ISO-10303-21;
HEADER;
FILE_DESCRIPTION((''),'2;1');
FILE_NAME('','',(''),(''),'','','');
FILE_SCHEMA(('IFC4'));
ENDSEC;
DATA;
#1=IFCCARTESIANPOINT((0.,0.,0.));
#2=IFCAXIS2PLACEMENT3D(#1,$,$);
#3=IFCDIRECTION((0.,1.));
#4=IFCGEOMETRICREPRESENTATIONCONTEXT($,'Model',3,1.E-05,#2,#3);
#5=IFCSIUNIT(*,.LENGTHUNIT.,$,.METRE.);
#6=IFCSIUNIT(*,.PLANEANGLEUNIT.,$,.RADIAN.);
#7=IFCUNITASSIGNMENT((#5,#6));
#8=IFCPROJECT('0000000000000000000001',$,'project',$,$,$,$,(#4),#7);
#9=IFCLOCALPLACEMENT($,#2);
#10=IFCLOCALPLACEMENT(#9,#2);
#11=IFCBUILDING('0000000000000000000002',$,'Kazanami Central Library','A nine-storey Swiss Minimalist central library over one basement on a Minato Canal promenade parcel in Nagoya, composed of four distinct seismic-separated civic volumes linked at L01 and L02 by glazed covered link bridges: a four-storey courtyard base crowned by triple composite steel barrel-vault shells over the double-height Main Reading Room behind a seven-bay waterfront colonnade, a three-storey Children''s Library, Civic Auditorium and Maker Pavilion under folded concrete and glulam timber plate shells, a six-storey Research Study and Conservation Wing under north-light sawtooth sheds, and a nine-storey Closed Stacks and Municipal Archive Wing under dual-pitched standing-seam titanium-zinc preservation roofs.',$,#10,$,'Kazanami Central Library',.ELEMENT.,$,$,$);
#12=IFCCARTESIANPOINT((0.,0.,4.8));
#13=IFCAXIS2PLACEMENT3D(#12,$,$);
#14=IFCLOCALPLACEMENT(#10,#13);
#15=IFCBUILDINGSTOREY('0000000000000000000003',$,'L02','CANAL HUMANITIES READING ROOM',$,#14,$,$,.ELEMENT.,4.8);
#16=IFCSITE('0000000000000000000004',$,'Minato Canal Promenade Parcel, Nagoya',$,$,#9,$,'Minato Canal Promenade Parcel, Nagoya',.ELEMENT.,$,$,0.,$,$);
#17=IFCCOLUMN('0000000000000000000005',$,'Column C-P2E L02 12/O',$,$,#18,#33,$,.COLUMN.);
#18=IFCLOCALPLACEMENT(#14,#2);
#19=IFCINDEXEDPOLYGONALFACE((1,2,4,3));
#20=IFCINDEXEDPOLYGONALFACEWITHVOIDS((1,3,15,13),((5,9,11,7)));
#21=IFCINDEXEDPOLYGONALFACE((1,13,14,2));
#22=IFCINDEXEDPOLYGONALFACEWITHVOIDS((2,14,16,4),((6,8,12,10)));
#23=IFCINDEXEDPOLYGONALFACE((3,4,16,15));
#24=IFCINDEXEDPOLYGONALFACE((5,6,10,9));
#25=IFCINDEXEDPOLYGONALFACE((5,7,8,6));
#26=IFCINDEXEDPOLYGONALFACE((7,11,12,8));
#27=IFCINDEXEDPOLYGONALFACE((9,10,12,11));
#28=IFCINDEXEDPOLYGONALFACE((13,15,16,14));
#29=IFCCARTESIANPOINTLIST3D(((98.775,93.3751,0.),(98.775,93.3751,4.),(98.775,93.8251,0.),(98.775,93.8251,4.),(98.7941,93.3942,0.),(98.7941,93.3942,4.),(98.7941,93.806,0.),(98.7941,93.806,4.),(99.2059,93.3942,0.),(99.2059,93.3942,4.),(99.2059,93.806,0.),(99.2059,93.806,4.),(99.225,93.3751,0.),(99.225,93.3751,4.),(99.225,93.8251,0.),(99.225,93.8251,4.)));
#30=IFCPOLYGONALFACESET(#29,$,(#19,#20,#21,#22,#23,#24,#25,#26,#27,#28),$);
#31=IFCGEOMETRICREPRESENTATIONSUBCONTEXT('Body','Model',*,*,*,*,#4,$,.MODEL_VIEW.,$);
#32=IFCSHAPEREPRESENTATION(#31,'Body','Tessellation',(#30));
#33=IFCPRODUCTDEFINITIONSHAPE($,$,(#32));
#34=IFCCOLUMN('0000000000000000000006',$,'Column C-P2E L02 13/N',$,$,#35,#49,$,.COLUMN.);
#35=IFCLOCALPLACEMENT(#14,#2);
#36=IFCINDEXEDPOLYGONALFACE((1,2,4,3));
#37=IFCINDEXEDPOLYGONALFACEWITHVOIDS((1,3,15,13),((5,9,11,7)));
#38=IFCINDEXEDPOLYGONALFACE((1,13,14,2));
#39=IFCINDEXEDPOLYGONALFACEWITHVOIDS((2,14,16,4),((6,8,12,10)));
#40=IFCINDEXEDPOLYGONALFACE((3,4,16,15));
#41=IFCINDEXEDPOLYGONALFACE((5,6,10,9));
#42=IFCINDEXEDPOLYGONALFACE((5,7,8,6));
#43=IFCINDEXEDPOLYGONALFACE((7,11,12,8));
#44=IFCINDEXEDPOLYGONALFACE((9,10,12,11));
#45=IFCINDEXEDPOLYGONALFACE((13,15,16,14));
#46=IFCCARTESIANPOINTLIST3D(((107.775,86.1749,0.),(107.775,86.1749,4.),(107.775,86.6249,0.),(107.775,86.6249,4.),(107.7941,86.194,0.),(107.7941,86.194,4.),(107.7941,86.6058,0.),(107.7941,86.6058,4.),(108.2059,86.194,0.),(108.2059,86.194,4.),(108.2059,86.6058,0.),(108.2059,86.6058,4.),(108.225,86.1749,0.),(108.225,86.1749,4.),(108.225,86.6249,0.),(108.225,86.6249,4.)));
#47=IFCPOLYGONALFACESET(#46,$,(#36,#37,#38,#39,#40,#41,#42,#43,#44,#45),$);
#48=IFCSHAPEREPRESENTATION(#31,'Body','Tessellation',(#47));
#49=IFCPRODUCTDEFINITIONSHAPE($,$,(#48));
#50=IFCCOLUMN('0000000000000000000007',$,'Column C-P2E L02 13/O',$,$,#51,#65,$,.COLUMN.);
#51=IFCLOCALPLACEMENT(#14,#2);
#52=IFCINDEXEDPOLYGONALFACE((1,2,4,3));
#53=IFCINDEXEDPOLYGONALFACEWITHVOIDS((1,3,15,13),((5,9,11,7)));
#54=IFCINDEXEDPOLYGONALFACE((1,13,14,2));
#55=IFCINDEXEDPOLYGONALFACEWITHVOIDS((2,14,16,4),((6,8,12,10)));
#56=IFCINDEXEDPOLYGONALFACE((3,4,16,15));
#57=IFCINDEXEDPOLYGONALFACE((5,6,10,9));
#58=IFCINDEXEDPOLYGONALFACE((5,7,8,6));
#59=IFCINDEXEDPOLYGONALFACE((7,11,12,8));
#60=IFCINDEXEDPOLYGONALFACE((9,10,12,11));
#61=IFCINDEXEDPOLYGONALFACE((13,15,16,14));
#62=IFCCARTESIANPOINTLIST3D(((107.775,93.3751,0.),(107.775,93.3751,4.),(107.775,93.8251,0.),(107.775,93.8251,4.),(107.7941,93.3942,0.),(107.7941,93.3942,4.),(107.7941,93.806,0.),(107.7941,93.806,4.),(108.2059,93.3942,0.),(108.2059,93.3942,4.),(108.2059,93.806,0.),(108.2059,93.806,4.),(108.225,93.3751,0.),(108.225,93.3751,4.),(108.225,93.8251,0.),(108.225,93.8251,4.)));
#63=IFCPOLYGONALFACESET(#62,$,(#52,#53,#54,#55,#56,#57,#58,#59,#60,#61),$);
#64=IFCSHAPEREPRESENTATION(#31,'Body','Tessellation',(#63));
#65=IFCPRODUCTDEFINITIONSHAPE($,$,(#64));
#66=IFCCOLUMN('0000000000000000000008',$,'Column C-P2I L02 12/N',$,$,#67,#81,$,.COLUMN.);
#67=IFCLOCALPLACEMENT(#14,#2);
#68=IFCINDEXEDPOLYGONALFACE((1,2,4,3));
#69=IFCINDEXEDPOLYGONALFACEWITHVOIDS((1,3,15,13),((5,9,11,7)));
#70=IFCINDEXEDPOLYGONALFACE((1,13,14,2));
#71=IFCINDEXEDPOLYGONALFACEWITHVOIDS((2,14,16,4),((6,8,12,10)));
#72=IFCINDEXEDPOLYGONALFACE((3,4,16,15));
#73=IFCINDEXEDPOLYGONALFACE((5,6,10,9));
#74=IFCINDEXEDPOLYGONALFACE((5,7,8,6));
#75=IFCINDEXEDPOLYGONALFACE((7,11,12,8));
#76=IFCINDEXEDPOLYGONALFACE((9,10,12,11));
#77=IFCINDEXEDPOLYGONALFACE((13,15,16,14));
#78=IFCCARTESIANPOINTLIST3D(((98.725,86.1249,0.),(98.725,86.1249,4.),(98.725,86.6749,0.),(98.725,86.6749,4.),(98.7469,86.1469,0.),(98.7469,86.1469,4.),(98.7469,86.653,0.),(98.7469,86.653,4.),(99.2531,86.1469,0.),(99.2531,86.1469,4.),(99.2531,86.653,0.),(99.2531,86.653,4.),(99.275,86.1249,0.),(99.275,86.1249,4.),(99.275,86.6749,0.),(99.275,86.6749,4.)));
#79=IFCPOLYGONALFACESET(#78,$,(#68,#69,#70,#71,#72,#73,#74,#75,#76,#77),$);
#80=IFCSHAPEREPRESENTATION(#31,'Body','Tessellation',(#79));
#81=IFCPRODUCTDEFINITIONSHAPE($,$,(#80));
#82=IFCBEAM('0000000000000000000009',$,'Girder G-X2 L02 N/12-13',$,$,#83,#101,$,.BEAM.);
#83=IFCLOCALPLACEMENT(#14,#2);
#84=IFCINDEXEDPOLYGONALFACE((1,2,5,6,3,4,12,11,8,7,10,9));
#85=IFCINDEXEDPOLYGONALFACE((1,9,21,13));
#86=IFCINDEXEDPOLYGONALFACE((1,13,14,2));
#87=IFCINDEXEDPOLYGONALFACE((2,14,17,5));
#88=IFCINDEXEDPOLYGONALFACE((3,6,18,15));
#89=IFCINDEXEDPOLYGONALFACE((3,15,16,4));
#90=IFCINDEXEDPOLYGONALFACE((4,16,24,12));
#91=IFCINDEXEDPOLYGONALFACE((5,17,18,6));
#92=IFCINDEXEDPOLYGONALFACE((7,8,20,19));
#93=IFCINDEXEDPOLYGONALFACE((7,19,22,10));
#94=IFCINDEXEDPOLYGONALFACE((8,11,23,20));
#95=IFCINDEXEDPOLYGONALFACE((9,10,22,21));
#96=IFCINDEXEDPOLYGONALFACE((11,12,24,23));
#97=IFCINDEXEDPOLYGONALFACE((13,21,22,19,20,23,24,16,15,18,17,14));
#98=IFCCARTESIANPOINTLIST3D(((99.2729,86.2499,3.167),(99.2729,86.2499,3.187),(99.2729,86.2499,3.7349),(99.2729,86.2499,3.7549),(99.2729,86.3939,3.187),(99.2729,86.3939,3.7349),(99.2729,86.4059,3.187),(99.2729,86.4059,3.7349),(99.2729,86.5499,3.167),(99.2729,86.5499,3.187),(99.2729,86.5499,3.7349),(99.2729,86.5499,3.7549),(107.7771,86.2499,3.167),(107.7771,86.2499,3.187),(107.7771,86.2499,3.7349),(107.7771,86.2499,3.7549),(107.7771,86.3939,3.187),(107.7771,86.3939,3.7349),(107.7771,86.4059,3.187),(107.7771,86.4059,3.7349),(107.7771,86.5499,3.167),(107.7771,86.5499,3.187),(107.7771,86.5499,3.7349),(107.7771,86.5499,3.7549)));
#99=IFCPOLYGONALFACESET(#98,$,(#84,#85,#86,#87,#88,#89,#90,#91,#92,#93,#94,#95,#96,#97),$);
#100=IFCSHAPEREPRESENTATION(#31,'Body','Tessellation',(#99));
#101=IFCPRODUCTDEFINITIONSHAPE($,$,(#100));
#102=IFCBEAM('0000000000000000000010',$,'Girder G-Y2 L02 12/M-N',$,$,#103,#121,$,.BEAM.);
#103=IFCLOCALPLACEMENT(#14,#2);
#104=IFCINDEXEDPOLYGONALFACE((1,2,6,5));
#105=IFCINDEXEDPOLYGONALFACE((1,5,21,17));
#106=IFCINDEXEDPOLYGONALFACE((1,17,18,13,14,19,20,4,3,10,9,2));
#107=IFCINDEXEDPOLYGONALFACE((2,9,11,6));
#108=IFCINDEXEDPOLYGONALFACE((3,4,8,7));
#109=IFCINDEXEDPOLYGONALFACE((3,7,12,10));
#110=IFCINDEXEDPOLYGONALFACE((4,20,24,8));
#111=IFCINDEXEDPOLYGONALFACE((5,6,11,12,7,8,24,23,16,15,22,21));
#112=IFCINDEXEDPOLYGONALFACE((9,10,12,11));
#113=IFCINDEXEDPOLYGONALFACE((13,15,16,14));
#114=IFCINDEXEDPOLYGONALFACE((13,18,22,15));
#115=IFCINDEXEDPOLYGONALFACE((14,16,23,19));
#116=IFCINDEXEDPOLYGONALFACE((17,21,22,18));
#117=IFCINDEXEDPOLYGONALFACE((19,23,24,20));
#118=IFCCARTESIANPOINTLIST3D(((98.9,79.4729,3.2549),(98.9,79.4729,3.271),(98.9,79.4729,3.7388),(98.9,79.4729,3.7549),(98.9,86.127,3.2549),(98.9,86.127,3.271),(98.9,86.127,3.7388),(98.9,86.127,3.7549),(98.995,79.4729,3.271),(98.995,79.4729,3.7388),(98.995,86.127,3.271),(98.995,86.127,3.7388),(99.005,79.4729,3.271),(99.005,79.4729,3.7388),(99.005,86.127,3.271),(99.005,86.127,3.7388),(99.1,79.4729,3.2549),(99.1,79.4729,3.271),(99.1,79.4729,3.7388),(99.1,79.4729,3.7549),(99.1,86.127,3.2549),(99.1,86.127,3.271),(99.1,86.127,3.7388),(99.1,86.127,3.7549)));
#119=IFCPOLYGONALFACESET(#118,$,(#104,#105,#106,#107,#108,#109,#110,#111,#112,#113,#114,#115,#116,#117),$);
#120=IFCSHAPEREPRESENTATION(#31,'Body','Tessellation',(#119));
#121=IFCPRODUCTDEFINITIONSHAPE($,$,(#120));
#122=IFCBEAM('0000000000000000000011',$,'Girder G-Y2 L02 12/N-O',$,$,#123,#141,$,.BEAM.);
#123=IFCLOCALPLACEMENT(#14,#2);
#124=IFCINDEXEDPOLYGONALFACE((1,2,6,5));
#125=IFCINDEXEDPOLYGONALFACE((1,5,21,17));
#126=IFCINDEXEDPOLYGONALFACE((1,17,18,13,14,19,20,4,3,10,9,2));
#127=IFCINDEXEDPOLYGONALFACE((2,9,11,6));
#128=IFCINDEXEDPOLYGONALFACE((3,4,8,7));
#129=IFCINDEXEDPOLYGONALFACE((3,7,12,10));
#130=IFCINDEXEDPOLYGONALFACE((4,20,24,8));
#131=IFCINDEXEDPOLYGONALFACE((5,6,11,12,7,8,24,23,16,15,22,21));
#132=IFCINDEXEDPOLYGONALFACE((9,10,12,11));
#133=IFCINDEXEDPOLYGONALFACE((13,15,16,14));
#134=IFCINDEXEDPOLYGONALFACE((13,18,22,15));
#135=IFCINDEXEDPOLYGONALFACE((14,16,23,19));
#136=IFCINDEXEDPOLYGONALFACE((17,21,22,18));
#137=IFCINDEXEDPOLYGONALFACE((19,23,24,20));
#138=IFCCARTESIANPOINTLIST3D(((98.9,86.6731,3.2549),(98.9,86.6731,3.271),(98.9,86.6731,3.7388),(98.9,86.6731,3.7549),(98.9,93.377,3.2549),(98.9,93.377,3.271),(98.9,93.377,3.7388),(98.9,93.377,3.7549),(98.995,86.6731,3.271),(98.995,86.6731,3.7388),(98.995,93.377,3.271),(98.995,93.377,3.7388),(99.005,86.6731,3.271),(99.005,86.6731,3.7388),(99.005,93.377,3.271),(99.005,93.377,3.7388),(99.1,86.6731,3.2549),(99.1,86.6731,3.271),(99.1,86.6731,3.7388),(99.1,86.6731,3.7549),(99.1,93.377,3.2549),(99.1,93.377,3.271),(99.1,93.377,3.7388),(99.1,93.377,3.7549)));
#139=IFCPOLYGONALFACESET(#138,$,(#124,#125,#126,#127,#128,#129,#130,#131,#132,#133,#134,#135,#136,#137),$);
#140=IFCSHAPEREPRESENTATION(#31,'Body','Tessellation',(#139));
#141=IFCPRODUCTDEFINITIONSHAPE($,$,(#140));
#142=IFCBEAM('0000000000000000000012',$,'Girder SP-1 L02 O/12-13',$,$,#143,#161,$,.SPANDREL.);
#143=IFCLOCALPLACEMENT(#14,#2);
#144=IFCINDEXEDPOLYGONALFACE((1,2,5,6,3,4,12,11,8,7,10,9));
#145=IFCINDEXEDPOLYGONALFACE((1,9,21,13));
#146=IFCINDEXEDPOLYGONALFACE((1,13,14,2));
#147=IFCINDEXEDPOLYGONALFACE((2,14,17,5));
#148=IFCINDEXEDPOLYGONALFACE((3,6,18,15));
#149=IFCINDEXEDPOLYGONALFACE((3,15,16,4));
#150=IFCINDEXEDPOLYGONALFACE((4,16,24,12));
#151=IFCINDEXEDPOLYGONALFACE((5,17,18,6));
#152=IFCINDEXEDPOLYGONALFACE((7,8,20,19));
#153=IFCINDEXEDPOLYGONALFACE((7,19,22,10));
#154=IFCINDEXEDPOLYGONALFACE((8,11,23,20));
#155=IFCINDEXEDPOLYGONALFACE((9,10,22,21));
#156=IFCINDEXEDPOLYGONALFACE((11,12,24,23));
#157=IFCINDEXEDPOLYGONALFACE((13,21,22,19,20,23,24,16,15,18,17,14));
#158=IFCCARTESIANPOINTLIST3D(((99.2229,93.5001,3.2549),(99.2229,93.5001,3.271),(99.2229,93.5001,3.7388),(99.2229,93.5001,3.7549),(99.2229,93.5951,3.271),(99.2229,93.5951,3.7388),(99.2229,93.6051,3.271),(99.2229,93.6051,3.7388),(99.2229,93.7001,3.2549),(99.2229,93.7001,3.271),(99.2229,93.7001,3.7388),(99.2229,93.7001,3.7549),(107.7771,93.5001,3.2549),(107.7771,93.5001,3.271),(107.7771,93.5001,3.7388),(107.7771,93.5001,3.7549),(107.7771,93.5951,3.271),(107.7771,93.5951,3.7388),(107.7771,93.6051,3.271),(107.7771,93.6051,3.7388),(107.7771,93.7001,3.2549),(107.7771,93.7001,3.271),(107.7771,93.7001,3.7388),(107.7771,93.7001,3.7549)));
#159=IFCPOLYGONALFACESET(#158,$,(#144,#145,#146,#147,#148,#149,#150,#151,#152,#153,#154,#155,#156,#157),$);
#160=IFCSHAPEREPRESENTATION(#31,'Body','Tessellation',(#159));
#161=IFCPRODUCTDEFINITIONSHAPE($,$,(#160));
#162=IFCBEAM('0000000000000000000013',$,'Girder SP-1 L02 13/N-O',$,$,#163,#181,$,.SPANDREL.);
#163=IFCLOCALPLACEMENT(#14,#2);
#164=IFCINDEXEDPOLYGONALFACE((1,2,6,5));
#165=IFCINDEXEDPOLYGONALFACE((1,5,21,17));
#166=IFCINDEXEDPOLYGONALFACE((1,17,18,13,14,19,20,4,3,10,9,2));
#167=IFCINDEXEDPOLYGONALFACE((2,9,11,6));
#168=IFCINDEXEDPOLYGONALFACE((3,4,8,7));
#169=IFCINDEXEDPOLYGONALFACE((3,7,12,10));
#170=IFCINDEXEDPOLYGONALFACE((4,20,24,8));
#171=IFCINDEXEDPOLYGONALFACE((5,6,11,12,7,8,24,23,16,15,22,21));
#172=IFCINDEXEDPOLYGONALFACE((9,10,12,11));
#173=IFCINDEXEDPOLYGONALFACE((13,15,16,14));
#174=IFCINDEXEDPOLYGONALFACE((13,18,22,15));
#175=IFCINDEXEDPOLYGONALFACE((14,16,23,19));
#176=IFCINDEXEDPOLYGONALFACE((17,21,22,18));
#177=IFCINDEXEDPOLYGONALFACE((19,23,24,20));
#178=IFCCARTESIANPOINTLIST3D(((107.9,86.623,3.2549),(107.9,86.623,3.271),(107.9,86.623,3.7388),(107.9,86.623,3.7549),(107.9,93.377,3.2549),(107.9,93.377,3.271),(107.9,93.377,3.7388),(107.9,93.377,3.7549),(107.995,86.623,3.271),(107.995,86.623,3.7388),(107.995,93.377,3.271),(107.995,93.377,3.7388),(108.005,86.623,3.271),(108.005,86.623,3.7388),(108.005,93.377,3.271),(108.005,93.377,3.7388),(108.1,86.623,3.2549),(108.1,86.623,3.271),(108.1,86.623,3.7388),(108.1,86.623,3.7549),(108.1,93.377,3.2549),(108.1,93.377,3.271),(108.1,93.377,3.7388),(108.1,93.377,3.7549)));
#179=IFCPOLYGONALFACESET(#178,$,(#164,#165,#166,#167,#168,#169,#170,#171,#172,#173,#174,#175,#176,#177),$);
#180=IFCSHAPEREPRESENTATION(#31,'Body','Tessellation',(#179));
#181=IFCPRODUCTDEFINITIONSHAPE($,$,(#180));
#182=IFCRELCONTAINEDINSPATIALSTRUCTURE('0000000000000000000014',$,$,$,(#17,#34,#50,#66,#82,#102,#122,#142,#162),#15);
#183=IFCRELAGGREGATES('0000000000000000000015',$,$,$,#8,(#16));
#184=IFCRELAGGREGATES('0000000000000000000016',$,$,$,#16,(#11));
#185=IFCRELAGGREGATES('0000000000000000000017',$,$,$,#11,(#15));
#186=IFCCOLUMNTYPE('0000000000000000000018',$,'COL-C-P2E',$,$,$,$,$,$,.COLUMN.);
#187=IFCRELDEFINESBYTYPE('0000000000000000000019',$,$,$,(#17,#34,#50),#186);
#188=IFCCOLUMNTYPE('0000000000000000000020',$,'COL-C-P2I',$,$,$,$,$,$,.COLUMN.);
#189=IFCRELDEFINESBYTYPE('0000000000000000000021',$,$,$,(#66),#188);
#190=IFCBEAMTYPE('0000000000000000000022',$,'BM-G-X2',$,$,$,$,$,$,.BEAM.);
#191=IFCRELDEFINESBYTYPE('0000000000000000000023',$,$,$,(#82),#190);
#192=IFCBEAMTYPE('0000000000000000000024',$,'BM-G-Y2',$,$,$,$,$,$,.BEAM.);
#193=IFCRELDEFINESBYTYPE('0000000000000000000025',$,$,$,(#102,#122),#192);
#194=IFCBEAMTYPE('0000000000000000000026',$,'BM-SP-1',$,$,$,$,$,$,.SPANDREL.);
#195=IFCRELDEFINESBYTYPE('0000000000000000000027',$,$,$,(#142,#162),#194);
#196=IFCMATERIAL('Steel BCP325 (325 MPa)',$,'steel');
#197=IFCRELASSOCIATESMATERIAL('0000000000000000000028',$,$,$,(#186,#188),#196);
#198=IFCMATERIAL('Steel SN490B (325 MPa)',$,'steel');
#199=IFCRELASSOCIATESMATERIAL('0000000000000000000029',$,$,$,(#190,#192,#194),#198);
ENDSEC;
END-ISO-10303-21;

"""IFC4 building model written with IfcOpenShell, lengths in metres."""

from ifc_helpers import new_model, si_unit, direction, frame, origin, origin_2d, place, context, subcontext, project, spatial, hollow_rectangle, i_section, extrude, material, material_profile, profile_set, type_object, element, save


model = new_model("IFC4")

# Units and contexts
model_context = context("Model", 3, precision=1e-05, world=origin(), true_north=direction((0.0, 1.0)))
body_context = subcontext(model_context, "Body", "Model", "MODEL_VIEW")
ifc_project = project(units=[si_unit("LENGTHUNIT", "METRE"), si_unit("PLANEANGLEUNIT", "RADIAN")], contexts=[model_context])

# Site, building, storey
site_placement = place(None, origin())
site = spatial("IfcSite", under=ifc_project, at=site_placement, Name="Minato Canal Promenade Parcel, Nagoya", LongName="Minato Canal Promenade Parcel, Nagoya", CompositionType="ELEMENT", RefElevation=0.0)
building_placement = place(site_placement, origin())
building = spatial("IfcBuilding", under=site, at=building_placement, Name="Kazanami Central Library", Description="A nine-storey Swiss Minimalist central library over one basement on a Minato Canal promenade parcel in Nagoya, composed of four distinct seismic-separated civic volumes linked at L01 and L02 by glazed covered link bridges: a four-storey courtyard base crowned by triple composite steel barrel-vault shells over the double-height Main Reading Room behind a seven-bay waterfront colonnade, a three-storey Children's Library, Civic Auditorium and Maker Pavilion under folded concrete and glulam timber plate shells, a six-storey Research Study and Conservation Wing under north-light sawtooth sheds, and a nine-storey Closed Stacks and Municipal Archive Wing under dual-pitched standing-seam titanium-zinc preservation roofs.", LongName="Kazanami Central Library", CompositionType="ELEMENT")
storey_placement = place(building_placement, frame((0.0, 0.0, 4.8)))
storey = spatial("IfcBuildingStorey", under=building, at=storey_placement, Name="L02", Description="CANAL HUMANITIES READING ROOM", CompositionType="ELEMENT", Elevation=4.8)

# Columns
ifc_material_1 = material(Name="Steel BCP325 (325 MPa)", Category="steel")
ifc_material_profile_1 = material_profile(ifc_material_1, hollow_rectangle(XDim=0.45, YDim=0.45, WallThickness=0.019, at=origin_2d()), Name="BCP-450x450x19")
ifc_profile_set_1 = profile_set([ifc_material_profile_1], Name="Steel BCP325 (325 MPa)")
column_type_1 = type_object("IfcColumnType", Name="COL-C-P2E", PredefinedType="COLUMN", material=ifc_profile_set_1)
for number, where, z_axis, x_axis, name in (
    (1, (99.0, 93.6001, 0.0), (0.0, 0.0, 1.0), (1.0, 0.0, 0.0), "Column C-P2E L02 12/O"),
    (2, (108.0, 86.3999, 0.0), (0.0, 0.0, 1.0), (1.0, 0.0, 0.0), "Column C-P2E L02 13/N"),
    (3, (108.0, 93.6001, 0.0), (0.0, 0.0, 1.0), (1.0, 0.0, 0.0), "Column C-P2E L02 13/O"),
):
    element("IfcColumn", number, at=place(storey_placement, frame(where, z_axis=z_axis, x_axis=x_axis)), inside=storey, type_object=column_type_1, Name=name, PredefinedType="COLUMN", context=body_context, shape_type="SweptSolid", body=[
        extrude(hollow_rectangle(XDim=0.45, YDim=0.45, WallThickness=0.019, at=origin_2d()), origin(), (0.0, 0.0, 1.0), 4.0),
    ])
ifc_material_profile_2 = material_profile(ifc_material_1, hollow_rectangle(XDim=0.55, YDim=0.55, WallThickness=0.022, at=origin_2d()), Name="BCP-550x550x22")
ifc_profile_set_2 = profile_set([ifc_material_profile_2], Name="Steel BCP325 (325 MPa)")
column_type_2 = type_object("IfcColumnType", Name="COL-C-P2I", PredefinedType="COLUMN", material=ifc_profile_set_2)
column_placement = place(storey_placement, frame((99.0, 86.3999, 0.0), z_axis=(0.0, 0.0, 1.0), x_axis=(1.0, 0.0, 0.0)))
element("IfcColumn", 4, at=column_placement, inside=storey, type_object=column_type_2, Name="Column C-P2I L02 12/N", PredefinedType="COLUMN", context=body_context, shape_type="SweptSolid", body=[
    extrude(hollow_rectangle(XDim=0.55, YDim=0.55, WallThickness=0.022, at=origin_2d()), origin(), (0.0, 0.0, 1.0), 4.0),
])

# Beams
ifc_material_2 = material(Name="Steel SN490B (325 MPa)", Category="steel")
ifc_material_profile_3 = material_profile(ifc_material_2, i_section(OverallWidth=0.3, OverallDepth=0.5879, WebThickness=0.012, FlangeThickness=0.02, at=origin_2d()), Name="H-588x300x12x20")
ifc_profile_set_3 = profile_set([ifc_material_profile_3], Name="Steel SN490B (325 MPa)")
beam_type_1 = type_object("IfcBeamType", Name="BM-G-X2", PredefinedType="BEAM", material=ifc_profile_set_3)
beam_1_placement = place(storey_placement, frame((99.2729, 86.3999, 3.4609), z_axis=(1.0, 0.0, 0.0), x_axis=(0.0, 1.0, 0.0)))
element("IfcBeam", 5, at=beam_1_placement, inside=storey, type_object=beam_type_1, Name="Girder G-X2 L02 N/12-13", PredefinedType="BEAM", context=body_context, shape_type="SweptSolid", body=[
    extrude(i_section(OverallWidth=0.3, OverallDepth=0.5879, WebThickness=0.012, FlangeThickness=0.02, at=origin_2d()), origin(), (0.0, 0.0, 1.0), 8.5042),
])
ifc_material_profile_4 = material_profile(ifc_material_2, i_section(OverallWidth=0.2, OverallDepth=0.5, WebThickness=0.01, FlangeThickness=0.0161, at=origin_2d()), Name="H-500x200x10x16")
ifc_profile_set_4 = profile_set([ifc_material_profile_4], Name="Steel SN490B (325 MPa)")
beam_type_2 = type_object("IfcBeamType", Name="BM-G-Y2", PredefinedType="BEAM", material=ifc_profile_set_4)
beam_2_placement = place(storey_placement, frame((99.0, 79.4729, 3.5049), z_axis=(0.0, 1.0, 0.0), x_axis=(-1.0, 0.0, 0.0)))
element("IfcBeam", 6, at=beam_2_placement, inside=storey, type_object=beam_type_2, Name="Girder G-Y2 L02 12/M-N", PredefinedType="BEAM", context=body_context, shape_type="SweptSolid", body=[
    extrude(i_section(OverallWidth=0.2, OverallDepth=0.5, WebThickness=0.01, FlangeThickness=0.0161, at=origin_2d()), origin(), (0.0, 0.0, 1.0), 6.6541),
])
beam_3_placement = place(storey_placement, frame((99.0, 86.6731, 3.5049), z_axis=(0.0, 1.0, 0.0), x_axis=(-1.0, 0.0, 0.0)))
element("IfcBeam", 7, at=beam_3_placement, inside=storey, type_object=beam_type_2, Name="Girder G-Y2 L02 12/N-O", PredefinedType="BEAM", context=body_context, shape_type="SweptSolid", body=[
    extrude(i_section(OverallWidth=0.2, OverallDepth=0.5, WebThickness=0.01, FlangeThickness=0.0161, at=origin_2d()), origin(), (0.0, 0.0, 1.0), 6.7039),
])
ifc_material_profile_5 = material_profile(ifc_material_2, i_section(OverallWidth=0.2, OverallDepth=0.5, WebThickness=0.01, FlangeThickness=0.0161, at=origin_2d()), Name="H-500x200x10x16")
ifc_profile_set_5 = profile_set([ifc_material_profile_5], Name="Steel SN490B (325 MPa)")
beam_type_3 = type_object("IfcBeamType", Name="BM-SP-1", PredefinedType="SPANDREL", material=ifc_profile_set_5)
beam_4_placement = place(storey_placement, frame((99.2229, 93.6001, 3.5049), z_axis=(1.0, 0.0, 0.0), x_axis=(0.0, 1.0, 0.0)))
element("IfcBeam", 8, at=beam_4_placement, inside=storey, type_object=beam_type_3, Name="Girder SP-1 L02 O/12-13", PredefinedType="SPANDREL", context=body_context, shape_type="SweptSolid", body=[
    extrude(i_section(OverallWidth=0.2, OverallDepth=0.5, WebThickness=0.01, FlangeThickness=0.0161, at=origin_2d()), origin(), (0.0, 0.0, 1.0), 8.5542),
])
beam_5_placement = place(storey_placement, frame((108.0, 86.623, 3.5049), z_axis=(0.0, 1.0, 0.0), x_axis=(-1.0, 0.0, 0.0)))
element("IfcBeam", 9, at=beam_5_placement, inside=storey, type_object=beam_type_3, Name="Girder SP-1 L02 13/N-O", PredefinedType="SPANDREL", context=body_context, shape_type="SweptSolid", body=[
    extrude(i_section(OverallWidth=0.2, OverallDepth=0.5, WebThickness=0.01, FlangeThickness=0.0161, at=origin_2d()), origin(), (0.0, 0.0, 1.0), 6.7539),
])

save(model, "model.ifc")
